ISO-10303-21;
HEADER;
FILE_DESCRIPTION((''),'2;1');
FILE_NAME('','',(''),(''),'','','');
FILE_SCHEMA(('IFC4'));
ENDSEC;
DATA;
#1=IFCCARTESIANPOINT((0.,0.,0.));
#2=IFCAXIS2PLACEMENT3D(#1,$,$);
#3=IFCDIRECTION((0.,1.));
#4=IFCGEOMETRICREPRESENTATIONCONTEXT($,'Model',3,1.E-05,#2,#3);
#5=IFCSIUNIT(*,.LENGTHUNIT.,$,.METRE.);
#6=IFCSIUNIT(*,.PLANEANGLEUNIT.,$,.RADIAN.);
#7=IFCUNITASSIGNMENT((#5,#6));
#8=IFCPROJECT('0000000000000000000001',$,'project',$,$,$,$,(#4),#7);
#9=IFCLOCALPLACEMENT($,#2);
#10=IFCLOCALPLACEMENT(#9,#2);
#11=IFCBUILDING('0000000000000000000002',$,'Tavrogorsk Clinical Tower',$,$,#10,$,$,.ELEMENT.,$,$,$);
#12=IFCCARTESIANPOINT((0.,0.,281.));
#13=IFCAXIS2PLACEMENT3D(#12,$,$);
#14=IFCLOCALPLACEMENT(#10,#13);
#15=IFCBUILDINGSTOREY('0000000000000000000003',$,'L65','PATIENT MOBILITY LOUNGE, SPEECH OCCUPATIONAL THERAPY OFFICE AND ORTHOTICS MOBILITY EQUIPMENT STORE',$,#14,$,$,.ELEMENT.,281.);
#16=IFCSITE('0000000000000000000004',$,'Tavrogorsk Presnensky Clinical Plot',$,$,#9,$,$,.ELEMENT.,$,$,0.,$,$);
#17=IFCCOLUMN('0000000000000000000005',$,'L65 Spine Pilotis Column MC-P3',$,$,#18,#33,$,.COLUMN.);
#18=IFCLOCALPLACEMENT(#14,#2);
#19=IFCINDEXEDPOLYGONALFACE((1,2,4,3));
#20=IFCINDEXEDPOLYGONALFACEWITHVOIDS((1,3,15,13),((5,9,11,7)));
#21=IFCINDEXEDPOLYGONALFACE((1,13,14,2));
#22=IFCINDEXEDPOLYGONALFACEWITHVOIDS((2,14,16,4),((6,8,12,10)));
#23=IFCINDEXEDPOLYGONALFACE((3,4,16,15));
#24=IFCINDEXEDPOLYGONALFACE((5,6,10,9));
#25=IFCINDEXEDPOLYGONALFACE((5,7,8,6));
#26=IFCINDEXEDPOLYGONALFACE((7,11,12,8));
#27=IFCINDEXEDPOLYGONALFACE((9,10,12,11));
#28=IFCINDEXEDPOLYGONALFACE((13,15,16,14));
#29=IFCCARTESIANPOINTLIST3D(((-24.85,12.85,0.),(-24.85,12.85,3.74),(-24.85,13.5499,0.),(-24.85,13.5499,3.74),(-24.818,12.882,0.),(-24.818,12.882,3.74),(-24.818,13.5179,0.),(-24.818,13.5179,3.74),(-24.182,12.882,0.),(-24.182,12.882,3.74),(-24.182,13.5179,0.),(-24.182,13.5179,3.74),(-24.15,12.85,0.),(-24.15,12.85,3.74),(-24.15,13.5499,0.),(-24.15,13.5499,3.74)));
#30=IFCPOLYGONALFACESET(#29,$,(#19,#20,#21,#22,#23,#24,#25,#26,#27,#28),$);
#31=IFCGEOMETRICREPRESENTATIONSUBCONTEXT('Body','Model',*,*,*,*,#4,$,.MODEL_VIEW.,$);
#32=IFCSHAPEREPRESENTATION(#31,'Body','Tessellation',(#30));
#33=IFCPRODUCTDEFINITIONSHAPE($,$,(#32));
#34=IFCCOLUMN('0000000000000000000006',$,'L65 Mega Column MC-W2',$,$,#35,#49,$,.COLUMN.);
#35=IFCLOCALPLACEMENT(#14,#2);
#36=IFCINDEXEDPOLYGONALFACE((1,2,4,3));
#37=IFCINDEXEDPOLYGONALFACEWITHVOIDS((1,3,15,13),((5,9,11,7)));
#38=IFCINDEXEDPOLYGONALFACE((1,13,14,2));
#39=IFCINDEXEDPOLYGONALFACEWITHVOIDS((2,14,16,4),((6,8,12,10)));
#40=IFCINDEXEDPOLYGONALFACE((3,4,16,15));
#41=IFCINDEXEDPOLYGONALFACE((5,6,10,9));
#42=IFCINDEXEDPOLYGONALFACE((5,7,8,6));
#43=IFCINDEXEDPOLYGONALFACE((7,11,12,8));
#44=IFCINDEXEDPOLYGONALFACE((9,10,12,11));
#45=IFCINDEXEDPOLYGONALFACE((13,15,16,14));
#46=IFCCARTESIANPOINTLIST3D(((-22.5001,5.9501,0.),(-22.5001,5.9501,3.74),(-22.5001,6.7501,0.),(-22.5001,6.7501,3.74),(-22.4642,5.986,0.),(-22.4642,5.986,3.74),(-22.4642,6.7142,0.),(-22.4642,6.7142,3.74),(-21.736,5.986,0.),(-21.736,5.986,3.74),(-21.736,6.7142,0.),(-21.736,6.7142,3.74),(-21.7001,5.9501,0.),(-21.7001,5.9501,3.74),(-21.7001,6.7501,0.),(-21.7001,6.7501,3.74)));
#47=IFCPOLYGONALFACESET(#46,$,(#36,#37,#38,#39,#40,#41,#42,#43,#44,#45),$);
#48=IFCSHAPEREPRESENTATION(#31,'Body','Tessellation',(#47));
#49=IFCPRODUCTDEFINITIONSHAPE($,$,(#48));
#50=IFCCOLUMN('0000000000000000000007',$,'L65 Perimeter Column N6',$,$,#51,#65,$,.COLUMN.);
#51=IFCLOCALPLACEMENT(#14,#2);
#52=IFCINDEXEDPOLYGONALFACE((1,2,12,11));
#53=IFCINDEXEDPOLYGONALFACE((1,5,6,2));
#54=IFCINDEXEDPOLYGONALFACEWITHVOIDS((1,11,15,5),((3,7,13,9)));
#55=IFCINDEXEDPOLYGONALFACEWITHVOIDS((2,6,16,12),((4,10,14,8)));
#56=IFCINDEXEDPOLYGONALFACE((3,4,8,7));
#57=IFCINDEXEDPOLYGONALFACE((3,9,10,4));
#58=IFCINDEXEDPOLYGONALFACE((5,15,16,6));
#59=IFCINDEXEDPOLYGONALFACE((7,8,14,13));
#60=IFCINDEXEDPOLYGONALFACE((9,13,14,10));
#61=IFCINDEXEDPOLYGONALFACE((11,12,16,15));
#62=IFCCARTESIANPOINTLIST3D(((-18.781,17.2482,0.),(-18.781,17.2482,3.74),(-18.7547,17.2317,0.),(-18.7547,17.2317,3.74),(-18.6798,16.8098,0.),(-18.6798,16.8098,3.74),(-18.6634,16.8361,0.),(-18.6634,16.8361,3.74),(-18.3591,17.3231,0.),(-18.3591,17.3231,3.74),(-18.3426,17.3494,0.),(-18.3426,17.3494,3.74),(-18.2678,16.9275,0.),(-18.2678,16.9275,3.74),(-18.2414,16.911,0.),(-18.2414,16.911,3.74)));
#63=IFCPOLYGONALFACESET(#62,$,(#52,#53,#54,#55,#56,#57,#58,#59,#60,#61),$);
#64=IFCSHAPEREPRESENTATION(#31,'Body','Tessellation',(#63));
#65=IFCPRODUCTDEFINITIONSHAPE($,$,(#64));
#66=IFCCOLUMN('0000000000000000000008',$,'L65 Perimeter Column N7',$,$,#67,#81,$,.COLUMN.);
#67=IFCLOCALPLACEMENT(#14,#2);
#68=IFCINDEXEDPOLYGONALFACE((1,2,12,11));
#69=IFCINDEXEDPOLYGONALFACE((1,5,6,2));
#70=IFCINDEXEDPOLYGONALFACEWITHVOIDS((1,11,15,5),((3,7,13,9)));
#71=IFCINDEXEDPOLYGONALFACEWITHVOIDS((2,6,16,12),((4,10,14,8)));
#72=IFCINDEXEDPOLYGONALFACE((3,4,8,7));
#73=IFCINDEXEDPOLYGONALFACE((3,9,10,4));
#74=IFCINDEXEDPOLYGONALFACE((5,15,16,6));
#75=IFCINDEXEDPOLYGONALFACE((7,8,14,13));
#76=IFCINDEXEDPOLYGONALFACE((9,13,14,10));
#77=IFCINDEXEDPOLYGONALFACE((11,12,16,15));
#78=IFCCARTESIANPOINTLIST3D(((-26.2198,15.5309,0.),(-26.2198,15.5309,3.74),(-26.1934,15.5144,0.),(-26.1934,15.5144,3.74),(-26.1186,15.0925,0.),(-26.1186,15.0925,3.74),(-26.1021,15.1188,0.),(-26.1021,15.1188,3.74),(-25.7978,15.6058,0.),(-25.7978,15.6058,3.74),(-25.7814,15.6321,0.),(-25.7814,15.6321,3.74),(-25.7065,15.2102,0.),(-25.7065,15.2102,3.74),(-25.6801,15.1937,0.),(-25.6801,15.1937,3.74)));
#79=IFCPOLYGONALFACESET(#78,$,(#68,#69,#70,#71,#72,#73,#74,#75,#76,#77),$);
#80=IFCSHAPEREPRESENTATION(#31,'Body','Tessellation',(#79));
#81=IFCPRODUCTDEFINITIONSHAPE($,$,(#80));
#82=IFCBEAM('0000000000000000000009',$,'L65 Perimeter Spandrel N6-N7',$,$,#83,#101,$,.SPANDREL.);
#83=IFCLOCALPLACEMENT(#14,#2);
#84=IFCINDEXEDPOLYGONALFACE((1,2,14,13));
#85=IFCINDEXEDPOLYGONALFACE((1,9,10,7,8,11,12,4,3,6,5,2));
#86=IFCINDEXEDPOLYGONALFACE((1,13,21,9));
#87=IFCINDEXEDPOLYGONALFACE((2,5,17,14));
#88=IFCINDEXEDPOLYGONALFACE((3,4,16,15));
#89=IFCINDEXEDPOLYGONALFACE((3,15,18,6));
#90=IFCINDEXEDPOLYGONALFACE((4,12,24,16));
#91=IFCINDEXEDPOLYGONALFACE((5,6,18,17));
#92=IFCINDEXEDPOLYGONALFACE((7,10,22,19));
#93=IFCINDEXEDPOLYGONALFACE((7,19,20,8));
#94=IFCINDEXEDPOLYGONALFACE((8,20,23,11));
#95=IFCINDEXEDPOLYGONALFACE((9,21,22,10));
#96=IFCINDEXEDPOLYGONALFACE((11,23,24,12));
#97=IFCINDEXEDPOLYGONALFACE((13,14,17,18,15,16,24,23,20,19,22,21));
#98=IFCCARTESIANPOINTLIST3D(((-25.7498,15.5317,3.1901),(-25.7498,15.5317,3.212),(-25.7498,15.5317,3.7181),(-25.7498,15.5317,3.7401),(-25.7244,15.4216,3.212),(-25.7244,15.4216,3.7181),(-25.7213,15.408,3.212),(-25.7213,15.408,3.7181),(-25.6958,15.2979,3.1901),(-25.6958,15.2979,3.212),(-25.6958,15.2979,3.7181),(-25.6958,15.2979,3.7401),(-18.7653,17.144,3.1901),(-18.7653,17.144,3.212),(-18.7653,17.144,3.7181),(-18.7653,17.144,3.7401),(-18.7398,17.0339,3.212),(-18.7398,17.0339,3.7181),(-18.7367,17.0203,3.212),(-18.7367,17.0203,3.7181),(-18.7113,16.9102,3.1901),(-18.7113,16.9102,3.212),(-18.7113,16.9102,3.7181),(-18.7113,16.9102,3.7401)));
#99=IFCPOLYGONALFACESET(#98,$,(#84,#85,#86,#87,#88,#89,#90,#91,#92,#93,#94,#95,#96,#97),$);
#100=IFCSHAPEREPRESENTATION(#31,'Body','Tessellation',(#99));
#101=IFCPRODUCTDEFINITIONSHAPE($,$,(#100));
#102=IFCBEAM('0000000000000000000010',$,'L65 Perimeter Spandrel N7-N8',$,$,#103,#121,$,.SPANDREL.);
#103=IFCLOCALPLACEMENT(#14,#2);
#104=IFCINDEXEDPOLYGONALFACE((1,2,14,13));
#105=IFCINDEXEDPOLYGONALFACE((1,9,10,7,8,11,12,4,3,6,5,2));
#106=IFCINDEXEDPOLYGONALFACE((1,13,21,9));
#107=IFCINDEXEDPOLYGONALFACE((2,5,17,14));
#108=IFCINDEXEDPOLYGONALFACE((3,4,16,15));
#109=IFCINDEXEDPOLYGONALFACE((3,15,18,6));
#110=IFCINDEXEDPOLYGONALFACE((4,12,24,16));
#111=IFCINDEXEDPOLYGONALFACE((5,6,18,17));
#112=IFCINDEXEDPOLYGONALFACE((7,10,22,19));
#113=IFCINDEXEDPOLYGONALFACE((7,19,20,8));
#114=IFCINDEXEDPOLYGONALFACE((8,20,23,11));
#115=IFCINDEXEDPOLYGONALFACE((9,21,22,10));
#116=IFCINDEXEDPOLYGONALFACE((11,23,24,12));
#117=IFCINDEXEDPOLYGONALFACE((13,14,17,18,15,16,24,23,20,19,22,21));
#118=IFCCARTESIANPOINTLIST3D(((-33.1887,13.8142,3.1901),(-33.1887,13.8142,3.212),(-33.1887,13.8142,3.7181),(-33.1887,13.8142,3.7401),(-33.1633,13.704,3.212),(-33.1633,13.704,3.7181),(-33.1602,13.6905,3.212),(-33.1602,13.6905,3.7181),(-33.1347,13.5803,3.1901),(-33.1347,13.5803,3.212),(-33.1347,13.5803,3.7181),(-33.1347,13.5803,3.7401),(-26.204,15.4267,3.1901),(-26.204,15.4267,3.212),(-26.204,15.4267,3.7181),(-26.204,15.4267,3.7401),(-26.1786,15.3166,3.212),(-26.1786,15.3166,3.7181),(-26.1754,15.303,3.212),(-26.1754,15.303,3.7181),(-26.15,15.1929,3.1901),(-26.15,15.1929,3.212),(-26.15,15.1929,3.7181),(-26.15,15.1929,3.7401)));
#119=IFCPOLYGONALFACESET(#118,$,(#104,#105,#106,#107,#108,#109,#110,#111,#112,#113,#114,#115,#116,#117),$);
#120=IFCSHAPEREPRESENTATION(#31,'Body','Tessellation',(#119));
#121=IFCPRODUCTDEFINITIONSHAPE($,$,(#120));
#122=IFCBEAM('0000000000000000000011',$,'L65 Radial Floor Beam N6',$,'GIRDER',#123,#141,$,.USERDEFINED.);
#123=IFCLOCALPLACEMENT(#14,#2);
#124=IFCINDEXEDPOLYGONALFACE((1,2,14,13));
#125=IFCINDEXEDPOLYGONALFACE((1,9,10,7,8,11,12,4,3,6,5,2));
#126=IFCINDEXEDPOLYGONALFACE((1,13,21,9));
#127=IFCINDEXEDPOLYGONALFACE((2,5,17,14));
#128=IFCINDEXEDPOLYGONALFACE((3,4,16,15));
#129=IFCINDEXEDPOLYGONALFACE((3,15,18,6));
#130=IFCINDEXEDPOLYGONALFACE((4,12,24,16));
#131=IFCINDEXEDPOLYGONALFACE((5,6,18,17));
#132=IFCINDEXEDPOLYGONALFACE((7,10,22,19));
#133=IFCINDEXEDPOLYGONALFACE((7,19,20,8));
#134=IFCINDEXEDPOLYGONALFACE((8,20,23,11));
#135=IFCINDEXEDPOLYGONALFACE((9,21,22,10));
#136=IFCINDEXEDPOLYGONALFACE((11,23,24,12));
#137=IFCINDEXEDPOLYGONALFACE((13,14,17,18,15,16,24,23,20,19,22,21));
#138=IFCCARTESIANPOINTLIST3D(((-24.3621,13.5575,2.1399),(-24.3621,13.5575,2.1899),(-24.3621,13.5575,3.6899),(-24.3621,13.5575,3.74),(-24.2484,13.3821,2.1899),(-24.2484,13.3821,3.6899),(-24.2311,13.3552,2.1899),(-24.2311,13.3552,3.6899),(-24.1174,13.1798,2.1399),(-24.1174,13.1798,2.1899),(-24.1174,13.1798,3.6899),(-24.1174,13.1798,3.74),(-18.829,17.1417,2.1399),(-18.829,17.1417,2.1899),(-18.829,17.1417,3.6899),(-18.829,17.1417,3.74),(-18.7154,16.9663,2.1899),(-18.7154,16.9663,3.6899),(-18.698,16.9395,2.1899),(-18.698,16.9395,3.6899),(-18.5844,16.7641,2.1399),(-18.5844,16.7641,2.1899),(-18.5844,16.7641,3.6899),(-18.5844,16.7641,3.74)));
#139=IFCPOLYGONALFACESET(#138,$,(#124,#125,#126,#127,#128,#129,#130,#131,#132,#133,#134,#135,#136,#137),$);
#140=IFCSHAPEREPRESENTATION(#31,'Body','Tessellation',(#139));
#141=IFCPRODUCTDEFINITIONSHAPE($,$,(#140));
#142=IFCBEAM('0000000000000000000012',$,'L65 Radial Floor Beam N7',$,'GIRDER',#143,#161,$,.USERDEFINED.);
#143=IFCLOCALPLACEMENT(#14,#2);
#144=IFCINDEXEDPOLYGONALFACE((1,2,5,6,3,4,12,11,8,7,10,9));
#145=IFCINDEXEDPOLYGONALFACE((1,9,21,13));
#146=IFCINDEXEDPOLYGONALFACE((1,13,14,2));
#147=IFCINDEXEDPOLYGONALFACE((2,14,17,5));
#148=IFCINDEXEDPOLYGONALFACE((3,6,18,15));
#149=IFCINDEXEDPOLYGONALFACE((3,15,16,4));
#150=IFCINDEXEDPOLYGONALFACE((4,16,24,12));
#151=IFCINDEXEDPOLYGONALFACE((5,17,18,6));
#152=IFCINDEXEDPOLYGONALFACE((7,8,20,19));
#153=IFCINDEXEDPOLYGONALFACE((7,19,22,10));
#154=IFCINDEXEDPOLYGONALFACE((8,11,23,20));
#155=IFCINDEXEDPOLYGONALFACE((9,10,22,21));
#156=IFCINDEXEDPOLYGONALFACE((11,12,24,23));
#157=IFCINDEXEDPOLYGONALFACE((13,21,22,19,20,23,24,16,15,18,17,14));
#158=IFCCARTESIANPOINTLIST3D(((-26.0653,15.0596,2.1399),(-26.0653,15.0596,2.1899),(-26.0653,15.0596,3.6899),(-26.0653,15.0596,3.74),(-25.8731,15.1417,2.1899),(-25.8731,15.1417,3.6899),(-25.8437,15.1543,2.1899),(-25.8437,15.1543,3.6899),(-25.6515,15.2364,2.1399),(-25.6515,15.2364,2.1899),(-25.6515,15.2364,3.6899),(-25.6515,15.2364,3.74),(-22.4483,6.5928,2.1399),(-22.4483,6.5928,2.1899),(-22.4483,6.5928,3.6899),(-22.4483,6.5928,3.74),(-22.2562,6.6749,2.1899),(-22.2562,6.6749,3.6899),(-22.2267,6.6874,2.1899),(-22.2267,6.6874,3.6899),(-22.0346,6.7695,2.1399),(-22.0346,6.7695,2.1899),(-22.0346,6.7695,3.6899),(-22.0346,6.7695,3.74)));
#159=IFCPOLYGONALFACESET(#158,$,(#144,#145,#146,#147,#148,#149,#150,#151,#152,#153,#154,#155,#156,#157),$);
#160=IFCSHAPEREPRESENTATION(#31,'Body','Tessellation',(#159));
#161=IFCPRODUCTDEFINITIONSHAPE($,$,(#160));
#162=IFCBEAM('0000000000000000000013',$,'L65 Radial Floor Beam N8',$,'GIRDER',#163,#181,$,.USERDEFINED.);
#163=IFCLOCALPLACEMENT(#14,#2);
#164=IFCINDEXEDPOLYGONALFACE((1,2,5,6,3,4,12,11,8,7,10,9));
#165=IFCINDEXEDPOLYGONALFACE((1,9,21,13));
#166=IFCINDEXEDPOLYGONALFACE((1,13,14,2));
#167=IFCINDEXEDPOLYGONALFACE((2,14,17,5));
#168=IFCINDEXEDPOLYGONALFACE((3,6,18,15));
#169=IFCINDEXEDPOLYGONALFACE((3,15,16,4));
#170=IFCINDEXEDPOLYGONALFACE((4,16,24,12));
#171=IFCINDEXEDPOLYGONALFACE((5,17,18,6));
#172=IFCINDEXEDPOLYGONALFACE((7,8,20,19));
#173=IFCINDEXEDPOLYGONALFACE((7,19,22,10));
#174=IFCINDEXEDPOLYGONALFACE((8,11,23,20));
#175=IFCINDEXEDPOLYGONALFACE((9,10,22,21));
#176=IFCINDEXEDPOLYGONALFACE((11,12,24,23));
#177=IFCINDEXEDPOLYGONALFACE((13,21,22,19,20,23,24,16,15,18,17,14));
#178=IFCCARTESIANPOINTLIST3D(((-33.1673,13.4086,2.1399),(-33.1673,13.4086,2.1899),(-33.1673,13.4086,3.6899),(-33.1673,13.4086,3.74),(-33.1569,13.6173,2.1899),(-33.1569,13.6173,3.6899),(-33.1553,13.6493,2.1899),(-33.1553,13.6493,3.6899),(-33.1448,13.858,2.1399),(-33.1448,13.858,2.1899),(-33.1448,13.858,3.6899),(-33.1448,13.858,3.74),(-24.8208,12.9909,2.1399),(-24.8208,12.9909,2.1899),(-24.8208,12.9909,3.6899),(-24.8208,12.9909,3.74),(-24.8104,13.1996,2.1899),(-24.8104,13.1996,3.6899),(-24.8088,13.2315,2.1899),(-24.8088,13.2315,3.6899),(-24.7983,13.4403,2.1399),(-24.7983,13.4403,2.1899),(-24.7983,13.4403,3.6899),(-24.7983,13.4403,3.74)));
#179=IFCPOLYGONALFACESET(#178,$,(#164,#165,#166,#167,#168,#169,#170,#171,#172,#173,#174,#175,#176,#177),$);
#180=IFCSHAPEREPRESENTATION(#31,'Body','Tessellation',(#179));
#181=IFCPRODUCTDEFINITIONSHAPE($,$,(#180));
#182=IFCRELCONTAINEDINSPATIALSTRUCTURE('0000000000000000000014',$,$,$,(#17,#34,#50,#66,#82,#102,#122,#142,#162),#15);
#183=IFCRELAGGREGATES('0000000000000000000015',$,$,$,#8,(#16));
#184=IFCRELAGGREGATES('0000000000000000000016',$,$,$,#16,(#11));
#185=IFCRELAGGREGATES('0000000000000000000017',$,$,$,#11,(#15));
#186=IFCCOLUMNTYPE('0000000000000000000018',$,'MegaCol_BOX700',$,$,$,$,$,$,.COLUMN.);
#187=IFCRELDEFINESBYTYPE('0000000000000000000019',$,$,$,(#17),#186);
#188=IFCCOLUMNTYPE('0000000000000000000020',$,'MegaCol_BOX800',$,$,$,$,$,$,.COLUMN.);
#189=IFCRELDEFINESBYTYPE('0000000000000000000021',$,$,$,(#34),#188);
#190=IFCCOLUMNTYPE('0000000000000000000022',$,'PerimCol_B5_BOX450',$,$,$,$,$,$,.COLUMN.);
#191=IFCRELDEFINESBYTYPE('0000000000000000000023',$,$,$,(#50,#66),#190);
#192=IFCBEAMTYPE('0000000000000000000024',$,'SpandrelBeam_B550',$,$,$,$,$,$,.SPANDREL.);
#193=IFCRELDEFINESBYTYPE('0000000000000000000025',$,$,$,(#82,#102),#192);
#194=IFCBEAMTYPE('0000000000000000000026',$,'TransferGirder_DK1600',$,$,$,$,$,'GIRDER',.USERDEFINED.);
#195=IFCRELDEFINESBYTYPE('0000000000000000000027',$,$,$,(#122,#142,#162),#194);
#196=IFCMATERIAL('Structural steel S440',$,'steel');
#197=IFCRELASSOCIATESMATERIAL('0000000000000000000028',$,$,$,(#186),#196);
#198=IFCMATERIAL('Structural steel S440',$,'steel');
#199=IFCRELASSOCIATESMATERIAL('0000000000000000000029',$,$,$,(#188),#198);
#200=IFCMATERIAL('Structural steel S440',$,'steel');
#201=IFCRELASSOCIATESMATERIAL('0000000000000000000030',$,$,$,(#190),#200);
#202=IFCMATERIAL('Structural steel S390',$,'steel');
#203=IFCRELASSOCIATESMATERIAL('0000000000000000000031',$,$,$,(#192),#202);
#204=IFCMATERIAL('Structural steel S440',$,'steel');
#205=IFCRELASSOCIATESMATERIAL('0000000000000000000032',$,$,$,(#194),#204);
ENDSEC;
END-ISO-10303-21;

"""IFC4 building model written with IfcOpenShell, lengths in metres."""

from ifc_helpers import new_model, si_unit, direction, frame, origin, origin_2d, place, context, subcontext, project, spatial, hollow_rectangle, i_section, extrude, material, material_profile, profile_set, type_object, element, save


model = new_model("IFC4")

# Units and contexts
model_context = context("Model", 3, precision=1e-05, world=origin(), true_north=direction((0.0, 1.0)))
body_context = subcontext(model_context, "Body", "Model", "MODEL_VIEW")
ifc_project = project(units=[si_unit("LENGTHUNIT", "METRE"), si_unit("PLANEANGLEUNIT", "RADIAN")], contexts=[model_context])

# Site, building, storey
site_placement = place(None, origin())
site = spatial("IfcSite", under=ifc_project, at=site_placement, Name="Tavrogorsk Presnensky Clinical Plot", CompositionType="ELEMENT", RefElevation=0.0)
building_placement = place(site_placement, origin())
building = spatial("IfcBuilding", under=site, at=building_placement, Name="Tavrogorsk Clinical Tower", CompositionType="ELEMENT")
storey_placement = place(building_placement, frame((0.0, 0.0, 281.0)))
storey = spatial("IfcBuildingStorey", under=building, at=storey_placement, Name="L65", Description="PATIENT MOBILITY LOUNGE, SPEECH OCCUPATIONAL THERAPY OFFICE AND ORTHOTICS MOBILITY EQUIPMENT STORE", CompositionType="ELEMENT", Elevation=281.0)

# Columns
ifc_material_1 = material(Name="Structural steel S440", Category="steel")
ifc_material_profile_1 = material_profile(ifc_material_1, hollow_rectangle(XDim=0.7, YDim=0.7, WallThickness=0.032, at=origin_2d()), Name="BOX-700x700x32")
ifc_profile_set_1 = profile_set([ifc_material_profile_1], Name="Structural steel S440")
column_type_1 = type_object("IfcColumnType", Name="MegaCol_BOX700", PredefinedType="COLUMN", material=ifc_profile_set_1)
column_1_placement = place(storey_placement, frame((-24.5, 13.2, 0.0), z_axis=(0.0, 0.0, 1.0), x_axis=(1.0, 0.0, 0.0)))
element("IfcColumn", 1, at=column_1_placement, inside=storey, type_object=column_type_1, Name="L65 Spine Pilotis Column MC-P3", PredefinedType="COLUMN", context=body_context, shape_type="SweptSolid", body=[
    extrude(hollow_rectangle(XDim=0.7, YDim=0.7, WallThickness=0.032, at=origin_2d()), origin(), (0.0, 0.0, 1.0), 3.74),
])
ifc_material_2 = material(Name="Structural steel S440", Category="steel")
ifc_material_profile_2 = material_profile(ifc_material_2, hollow_rectangle(XDim=0.8, YDim=0.8, WallThickness=0.0359, at=origin_2d()), Name="BOX-800x800x36")
ifc_profile_set_2 = profile_set([ifc_material_profile_2], Name="Structural steel S440")
column_type_2 = type_object("IfcColumnType", Name="MegaCol_BOX800", PredefinedType="COLUMN", material=ifc_profile_set_2)
column_2_placement = place(storey_placement, frame((-22.1001, 6.3501, 0.0), z_axis=(0.0, 0.0, 1.0), x_axis=(1.0, 0.0, 0.0)))
element("IfcColumn", 2, at=column_2_placement, inside=storey, type_object=column_type_2, Name="L65 Mega Column MC-W2", PredefinedType="COLUMN", context=body_context, shape_type="SweptSolid", body=[
    extrude(hollow_rectangle(XDim=0.8, YDim=0.8, WallThickness=0.0359, at=origin_2d()), origin(), (0.0, 0.0, 1.0), 3.74),
])
ifc_material_3 = material(Name="Structural steel S440", Category="steel")
ifc_material_profile_3 = material_profile(ifc_material_3, hollow_rectangle(XDim=0.45, YDim=0.45, WallThickness=0.022, at=origin_2d()), Name="BOX-450x450x22")
ifc_profile_set_3 = profile_set([ifc_material_profile_3], Name="Structural steel S440")
column_type_3 = type_object("IfcColumnType", Name="PerimCol_B5_BOX450", PredefinedType="COLUMN", material=ifc_profile_set_3)
for number, where, z_axis, x_axis, name in (
    (3, (-18.5112, 17.0796, 0.0), (0.0, 0.0, 1.0), (0.97437, 0.224951, 0.0), "L65 Perimeter Column N6"),
    (4, (-25.95, 15.3623, 0.0), (0.0, 0.0, 1.0), (0.97437, 0.224951, 0.0), "L65 Perimeter Column N7"),
):
    element("IfcColumn", number, at=place(storey_placement, frame(where, z_axis=z_axis, x_axis=x_axis)), inside=storey, type_object=column_type_3, Name=name, PredefinedType="COLUMN", context=body_context, shape_type="SweptSolid", body=[
        extrude(hollow_rectangle(XDim=0.45, YDim=0.45, WallThickness=0.022, at=origin_2d()), origin(), (0.0, 0.0, 1.0), 3.74),
    ])

# Beams
ifc_material_4 = material(Name="Structural steel S390", Category="steel")
ifc_material_profile_4 = material_profile(ifc_material_4, i_section(OverallWidth=0.24, OverallDepth=0.55, WebThickness=0.0139, FlangeThickness=0.022, at=origin_2d()), Name="B-550x240x14x22")
ifc_profile_set_4 = profile_set([ifc_material_profile_4], Name="Structural steel S390")
beam_type_1 = type_object("IfcBeamType", Name="SpandrelBeam_B550", PredefinedType="SPANDREL", material=ifc_profile_set_4)
beam_1_placement = place(storey_placement, frame((-18.7383, 17.0271, 3.4651), z_axis=(-0.974377, -0.224922, 0.0), x_axis=(0.224922, -0.974377, 0.0)))
element("IfcBeam", 5, at=beam_1_placement, inside=storey, type_object=beam_type_1, Name="L65 Perimeter Spandrel N6-N7", PredefinedType="SPANDREL", context=body_context, shape_type="SweptSolid", body=[
    extrude(i_section(OverallWidth=0.24, OverallDepth=0.55, WebThickness=0.0139, FlangeThickness=0.022, at=origin_2d()), origin(), (0.0, 0.0, 1.0), 7.1682),
])
beam_2_placement = place(storey_placement, frame((-26.177, 15.3098, 3.4651), z_axis=(-0.974369, -0.224954, 0.0), x_axis=(0.224954, -0.974369, 0.0)))
element("IfcBeam", 6, at=beam_2_placement, inside=storey, type_object=beam_type_1, Name="L65 Perimeter Spandrel N7-N8", PredefinedType="SPANDREL", context=body_context, shape_type="SweptSolid", body=[
    extrude(i_section(OverallWidth=0.24, OverallDepth=0.55, WebThickness=0.0139, FlangeThickness=0.022, at=origin_2d()), origin(), (0.0, 0.0, 1.0), 7.1685),
])
ifc_material_5 = material(Name="Structural steel S440", Category="steel")
ifc_material_profile_5 = material_profile(ifc_material_5, i_section(OverallWidth=0.45, OverallDepth=1.6001, WebThickness=0.032, FlangeThickness=0.05, at=origin_2d()), Name="DK-1600x450x32x50")
ifc_profile_set_5 = profile_set([ifc_material_profile_5], Name="Structural steel S440")
beam_type_2 = type_object("IfcBeamType", Name="TransferGirder_DK1600", ElementType="GIRDER", PredefinedType="USERDEFINED", material=ifc_profile_set_5)
beam_3_placement = place(storey_placement, frame((-24.2397, 13.3687, 2.9399), z_axis=(0.839288, 0.543687, 0.0), x_axis=(-0.543687, 0.839288, 0.0)))
element("IfcBeam", 7, at=beam_3_placement, inside=storey, type_object=beam_type_2, Name="L65 Radial Floor Beam N6", ObjectType="GIRDER", PredefinedType="USERDEFINED", context=body_context, shape_type="SweptSolid", body=[
    extrude(i_section(OverallWidth=0.45, OverallDepth=1.6001, WebThickness=0.032, FlangeThickness=0.05, at=origin_2d()), origin(), (0.0, 0.0, 1.0), 6.5925),
])
beam_4_placement = place(storey_placement, frame((-22.2415, 6.6812, 2.9399), z_axis=(-0.392847, 0.919604, 0.0), x_axis=(-0.919604, -0.392847, 0.0)))
element("IfcBeam", 8, at=beam_4_placement, inside=storey, type_object=beam_type_2, Name="L65 Radial Floor Beam N7", ObjectType="GIRDER", PredefinedType="USERDEFINED", context=body_context, shape_type="SweptSolid", body=[
    extrude(i_section(OverallWidth=0.45, OverallDepth=1.6001, WebThickness=0.032, FlangeThickness=0.05, at=origin_2d()), origin(), (0.0, 0.0, 1.0), 9.207),
])
beam_5_placement = place(storey_placement, frame((-24.8096, 13.2156, 2.9399), z_axis=(-0.99875, 0.049986, 0.0), x_axis=(-0.049986, -0.99875, 0.0)))
element("IfcBeam", 9, at=beam_5_placement, inside=storey, type_object=beam_type_2, Name="L65 Radial Floor Beam N8", ObjectType="GIRDER", PredefinedType="USERDEFINED", context=body_context, shape_type="SweptSolid", body=[
    extrude(i_section(OverallWidth=0.45, OverallDepth=1.6001, WebThickness=0.032, FlangeThickness=0.05, at=origin_2d()), origin(), (0.0, 0.0, 1.0), 8.3569),
])

save(model, "model.ifc")
